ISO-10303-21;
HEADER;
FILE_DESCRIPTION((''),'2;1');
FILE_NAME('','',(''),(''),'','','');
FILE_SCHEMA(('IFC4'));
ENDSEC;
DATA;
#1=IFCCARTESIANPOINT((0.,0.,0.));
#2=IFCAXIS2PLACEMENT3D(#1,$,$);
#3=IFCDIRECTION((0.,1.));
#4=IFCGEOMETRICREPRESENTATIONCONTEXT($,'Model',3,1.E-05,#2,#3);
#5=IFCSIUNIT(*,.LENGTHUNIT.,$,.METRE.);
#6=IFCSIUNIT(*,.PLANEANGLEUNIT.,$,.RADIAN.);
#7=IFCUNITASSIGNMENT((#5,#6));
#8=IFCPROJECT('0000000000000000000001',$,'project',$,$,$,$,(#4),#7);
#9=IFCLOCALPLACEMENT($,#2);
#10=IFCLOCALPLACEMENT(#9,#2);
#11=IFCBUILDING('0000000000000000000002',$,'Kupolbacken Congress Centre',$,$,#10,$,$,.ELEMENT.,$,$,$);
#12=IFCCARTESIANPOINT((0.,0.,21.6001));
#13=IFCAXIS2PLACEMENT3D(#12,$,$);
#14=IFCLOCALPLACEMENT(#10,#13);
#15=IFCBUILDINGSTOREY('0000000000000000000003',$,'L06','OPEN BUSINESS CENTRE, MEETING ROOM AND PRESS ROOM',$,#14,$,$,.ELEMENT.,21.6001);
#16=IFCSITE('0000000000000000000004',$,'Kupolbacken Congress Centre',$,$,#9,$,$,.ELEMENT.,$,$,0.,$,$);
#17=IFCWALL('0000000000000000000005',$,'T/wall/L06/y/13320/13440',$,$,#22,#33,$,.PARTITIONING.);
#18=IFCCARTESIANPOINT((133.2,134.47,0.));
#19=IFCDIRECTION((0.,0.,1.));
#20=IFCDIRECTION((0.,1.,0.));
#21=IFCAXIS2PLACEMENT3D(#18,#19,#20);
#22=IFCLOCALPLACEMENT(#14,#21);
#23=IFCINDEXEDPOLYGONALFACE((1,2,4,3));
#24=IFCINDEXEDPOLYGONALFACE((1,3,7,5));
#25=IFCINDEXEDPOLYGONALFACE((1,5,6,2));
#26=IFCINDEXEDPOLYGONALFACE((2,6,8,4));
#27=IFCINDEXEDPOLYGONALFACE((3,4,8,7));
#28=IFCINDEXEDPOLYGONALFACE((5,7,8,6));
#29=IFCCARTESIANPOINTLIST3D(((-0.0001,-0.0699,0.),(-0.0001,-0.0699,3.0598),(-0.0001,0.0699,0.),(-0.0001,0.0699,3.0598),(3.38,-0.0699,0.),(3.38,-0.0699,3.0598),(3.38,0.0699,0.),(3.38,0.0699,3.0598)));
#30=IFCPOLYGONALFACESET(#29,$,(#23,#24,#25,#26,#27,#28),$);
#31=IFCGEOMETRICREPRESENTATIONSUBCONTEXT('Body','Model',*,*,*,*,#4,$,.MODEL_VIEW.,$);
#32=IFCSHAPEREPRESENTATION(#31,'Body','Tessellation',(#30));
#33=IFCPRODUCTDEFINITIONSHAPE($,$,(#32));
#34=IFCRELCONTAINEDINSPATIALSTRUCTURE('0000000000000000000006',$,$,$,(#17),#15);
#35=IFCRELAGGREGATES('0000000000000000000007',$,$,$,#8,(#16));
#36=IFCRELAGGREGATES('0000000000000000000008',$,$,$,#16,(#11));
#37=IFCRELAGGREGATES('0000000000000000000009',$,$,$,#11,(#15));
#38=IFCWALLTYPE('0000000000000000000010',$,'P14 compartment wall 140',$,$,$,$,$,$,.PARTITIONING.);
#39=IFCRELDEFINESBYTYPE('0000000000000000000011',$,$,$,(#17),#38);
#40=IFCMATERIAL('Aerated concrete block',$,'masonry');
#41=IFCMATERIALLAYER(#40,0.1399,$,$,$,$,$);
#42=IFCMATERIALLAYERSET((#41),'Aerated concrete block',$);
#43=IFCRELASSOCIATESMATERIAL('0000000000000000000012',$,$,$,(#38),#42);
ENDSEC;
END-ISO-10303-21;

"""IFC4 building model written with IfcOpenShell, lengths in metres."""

from ifc_helpers import new_model, si_unit, direction, frame, frame_2d, origin, place, context, subcontext, project, spatial, rectangle, extrude, material, layer, layer_set, type_object, element, save


model = new_model("IFC4")

# Units and contexts
model_context = context("Model", 3, precision=1e-05, world=origin(), true_north=direction((0.0, 1.0)))
body_context = subcontext(model_context, "Body", "Model", "MODEL_VIEW")
ifc_project = project(units=[si_unit("LENGTHUNIT", "METRE"), si_unit("PLANEANGLEUNIT", "RADIAN")], contexts=[model_context])

# Site, building, storey
site_placement = place(None, origin())
site = spatial("IfcSite", under=ifc_project, at=site_placement, Name="Kupolbacken Congress Centre", CompositionType="ELEMENT", RefElevation=0.0)
building_placement = place(site_placement, origin())
building = spatial("IfcBuilding", under=site, at=building_placement, Name="Kupolbacken Congress Centre", CompositionType="ELEMENT")
storey_placement = place(building_placement, frame((0.0, 0.0, 21.6001)))
storey = spatial("IfcBuildingStorey", under=building, at=storey_placement, Name="L06", Description="OPEN BUSINESS CENTRE, MEETING ROOM AND PRESS ROOM", CompositionType="ELEMENT", Elevation=21.6001)

# Shared definitions
ifc_material_1 = material(Name="Aerated concrete block", Category="masonry")
ifc_layer_1 = layer(ifc_material_1, 0.1399)
ifc_layer_set_1 = layer_set([ifc_layer_1], Name="Aerated concrete block")
wall_type_1 = type_object("IfcWallType", Name="P14 compartment wall 140", PredefinedType="PARTITIONING", material=ifc_layer_set_1)

# Wall
wall_1_placement = place(storey_placement, frame((133.2, 134.47, 0.0), z_axis=(0.0, 0.0, 1.0), x_axis=(0.0, 1.0, 0.0)))
element("IfcWall", 1, at=wall_1_placement, inside=storey, type_object=wall_type_1, Name="T/wall/L06/y/13320/13440", PredefinedType="PARTITIONING", context=body_context, shape_type="SweptSolid", body=[
    extrude(rectangle(XDim=3.3801, YDim=0.1399, at=frame_2d((1.6899, 0.0))), origin(), (0.0, 0.0, 1.0), 3.0598),
])

save(model, "model.ifc")
